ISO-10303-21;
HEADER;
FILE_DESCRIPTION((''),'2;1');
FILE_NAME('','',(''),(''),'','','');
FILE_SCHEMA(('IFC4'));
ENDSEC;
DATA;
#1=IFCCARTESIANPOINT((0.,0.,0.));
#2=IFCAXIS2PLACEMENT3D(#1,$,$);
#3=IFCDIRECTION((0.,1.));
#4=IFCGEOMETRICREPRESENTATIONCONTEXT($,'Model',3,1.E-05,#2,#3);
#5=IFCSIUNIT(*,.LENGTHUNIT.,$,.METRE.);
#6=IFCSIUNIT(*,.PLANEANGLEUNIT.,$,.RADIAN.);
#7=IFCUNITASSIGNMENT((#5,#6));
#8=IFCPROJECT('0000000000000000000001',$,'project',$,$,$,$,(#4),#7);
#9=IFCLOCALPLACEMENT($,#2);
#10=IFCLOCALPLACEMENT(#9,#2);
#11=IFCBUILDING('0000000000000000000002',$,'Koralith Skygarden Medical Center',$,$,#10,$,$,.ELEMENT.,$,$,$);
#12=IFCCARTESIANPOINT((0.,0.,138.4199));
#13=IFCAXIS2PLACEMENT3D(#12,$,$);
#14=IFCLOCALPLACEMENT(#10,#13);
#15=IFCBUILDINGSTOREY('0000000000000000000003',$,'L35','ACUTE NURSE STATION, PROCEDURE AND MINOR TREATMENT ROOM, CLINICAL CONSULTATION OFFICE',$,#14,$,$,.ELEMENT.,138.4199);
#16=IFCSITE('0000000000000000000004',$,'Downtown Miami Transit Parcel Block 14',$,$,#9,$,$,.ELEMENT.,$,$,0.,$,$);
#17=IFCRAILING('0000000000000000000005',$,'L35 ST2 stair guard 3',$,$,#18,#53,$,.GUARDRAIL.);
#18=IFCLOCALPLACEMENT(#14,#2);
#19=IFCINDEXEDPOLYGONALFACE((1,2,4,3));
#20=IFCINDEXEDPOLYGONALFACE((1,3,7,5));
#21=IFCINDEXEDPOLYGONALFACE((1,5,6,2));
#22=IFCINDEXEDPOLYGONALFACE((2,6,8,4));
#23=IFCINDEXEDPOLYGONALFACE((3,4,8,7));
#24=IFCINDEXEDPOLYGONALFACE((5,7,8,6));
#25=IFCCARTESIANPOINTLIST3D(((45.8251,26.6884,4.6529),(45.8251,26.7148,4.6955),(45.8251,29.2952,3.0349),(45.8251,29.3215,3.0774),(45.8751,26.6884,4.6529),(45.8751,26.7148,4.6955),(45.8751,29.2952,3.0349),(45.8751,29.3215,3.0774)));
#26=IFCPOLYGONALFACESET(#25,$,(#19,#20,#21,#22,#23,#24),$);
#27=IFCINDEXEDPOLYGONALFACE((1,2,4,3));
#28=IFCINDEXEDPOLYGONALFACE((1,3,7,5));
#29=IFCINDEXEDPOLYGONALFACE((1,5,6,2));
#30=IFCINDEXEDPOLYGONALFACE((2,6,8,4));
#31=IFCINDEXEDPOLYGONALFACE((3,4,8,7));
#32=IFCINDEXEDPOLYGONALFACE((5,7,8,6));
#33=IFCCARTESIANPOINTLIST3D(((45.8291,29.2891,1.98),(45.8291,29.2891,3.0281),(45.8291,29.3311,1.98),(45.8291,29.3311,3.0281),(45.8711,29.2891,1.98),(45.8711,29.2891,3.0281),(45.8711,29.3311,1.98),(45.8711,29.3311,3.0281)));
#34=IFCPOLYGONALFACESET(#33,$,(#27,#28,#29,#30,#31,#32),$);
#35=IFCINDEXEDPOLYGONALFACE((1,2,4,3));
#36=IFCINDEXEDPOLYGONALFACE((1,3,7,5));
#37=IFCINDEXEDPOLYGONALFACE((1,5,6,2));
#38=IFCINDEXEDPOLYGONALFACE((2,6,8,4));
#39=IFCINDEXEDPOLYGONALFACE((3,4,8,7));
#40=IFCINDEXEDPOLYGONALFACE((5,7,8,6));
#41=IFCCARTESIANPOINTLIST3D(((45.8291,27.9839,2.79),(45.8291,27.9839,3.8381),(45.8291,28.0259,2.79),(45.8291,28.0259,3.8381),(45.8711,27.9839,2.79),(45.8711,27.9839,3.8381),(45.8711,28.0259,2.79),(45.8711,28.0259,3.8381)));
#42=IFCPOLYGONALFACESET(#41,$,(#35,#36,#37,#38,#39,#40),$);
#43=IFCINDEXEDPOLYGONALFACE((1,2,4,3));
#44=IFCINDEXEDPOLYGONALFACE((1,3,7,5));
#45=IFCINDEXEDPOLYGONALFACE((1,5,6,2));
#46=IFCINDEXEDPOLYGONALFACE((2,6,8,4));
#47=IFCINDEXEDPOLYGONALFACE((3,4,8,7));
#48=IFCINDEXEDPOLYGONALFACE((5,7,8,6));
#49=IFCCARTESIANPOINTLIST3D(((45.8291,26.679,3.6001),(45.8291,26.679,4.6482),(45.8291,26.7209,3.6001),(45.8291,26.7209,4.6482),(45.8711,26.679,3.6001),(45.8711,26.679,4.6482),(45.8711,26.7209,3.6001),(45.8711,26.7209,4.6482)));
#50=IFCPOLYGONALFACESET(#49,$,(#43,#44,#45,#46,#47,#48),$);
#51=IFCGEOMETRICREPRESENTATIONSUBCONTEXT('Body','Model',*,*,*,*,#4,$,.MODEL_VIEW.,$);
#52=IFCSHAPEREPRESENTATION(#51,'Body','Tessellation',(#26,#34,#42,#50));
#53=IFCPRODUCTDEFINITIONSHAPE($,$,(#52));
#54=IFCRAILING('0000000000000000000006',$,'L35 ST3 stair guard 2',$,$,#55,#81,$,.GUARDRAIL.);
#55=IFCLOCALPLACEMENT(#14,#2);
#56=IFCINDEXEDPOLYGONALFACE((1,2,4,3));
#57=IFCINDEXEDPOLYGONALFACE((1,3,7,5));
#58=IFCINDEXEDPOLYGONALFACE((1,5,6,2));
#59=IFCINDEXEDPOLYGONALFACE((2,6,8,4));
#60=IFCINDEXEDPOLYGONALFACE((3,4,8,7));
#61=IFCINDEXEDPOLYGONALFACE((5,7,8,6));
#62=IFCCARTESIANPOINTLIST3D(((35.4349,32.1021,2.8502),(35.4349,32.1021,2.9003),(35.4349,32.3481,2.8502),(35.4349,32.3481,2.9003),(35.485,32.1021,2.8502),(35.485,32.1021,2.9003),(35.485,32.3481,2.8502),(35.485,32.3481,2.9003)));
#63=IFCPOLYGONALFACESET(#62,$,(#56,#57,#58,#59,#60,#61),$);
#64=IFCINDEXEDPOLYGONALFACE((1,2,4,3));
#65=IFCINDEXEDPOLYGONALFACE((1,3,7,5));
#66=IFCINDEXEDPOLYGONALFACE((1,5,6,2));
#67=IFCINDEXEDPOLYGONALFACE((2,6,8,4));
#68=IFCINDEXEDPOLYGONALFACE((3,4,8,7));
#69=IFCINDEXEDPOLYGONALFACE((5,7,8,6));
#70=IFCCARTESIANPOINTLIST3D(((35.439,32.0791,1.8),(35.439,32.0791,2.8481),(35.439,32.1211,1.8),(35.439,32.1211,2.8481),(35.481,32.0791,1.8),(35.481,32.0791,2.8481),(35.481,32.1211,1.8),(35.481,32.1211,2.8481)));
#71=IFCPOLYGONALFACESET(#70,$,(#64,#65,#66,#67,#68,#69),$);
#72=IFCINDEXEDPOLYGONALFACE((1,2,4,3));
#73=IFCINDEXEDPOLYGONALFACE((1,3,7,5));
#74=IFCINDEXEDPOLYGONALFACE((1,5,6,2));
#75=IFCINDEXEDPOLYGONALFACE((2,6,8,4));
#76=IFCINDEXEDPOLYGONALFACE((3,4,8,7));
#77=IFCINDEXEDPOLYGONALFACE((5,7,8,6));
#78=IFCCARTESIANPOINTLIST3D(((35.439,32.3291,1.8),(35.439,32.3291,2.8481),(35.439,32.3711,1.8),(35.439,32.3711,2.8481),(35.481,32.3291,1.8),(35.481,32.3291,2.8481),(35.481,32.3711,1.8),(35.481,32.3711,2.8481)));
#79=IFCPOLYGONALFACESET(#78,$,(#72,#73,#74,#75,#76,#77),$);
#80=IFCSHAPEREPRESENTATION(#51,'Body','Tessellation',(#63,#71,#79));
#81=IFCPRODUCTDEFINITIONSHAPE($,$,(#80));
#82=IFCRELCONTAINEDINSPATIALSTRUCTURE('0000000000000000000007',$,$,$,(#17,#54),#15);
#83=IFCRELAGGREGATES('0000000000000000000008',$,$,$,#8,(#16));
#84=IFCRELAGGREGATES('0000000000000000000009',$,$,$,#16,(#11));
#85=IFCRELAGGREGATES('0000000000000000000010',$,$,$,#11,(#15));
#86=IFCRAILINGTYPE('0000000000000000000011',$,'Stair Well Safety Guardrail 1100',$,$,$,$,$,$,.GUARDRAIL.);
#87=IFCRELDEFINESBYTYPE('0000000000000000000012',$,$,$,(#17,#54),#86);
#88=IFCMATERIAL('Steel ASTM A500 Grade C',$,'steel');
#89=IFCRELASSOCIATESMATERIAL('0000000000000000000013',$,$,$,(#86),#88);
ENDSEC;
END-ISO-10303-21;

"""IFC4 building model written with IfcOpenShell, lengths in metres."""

from ifc_helpers import new_model, si_unit, direction, frame, origin, origin_2d, place, context, subcontext, project, spatial, rectangle, extrude, material, type_object, element, save


model = new_model("IFC4")

# Units and contexts
model_context = context("Model", 3, precision=1e-05, world=origin(), true_north=direction((0.0, 1.0)))
body_context = subcontext(model_context, "Body", "Model", "MODEL_VIEW")
ifc_project = project(units=[si_unit("LENGTHUNIT", "METRE"), si_unit("PLANEANGLEUNIT", "RADIAN")], contexts=[model_context])

# Site, building, storey
site_placement = place(None, origin())
site = spatial("IfcSite", under=ifc_project, at=site_placement, Name="Downtown Miami Transit Parcel Block 14", CompositionType="ELEMENT", RefElevation=0.0)
building_placement = place(site_placement, origin())
building = spatial("IfcBuilding", under=site, at=building_placement, Name="Koralith Skygarden Medical Center", CompositionType="ELEMENT")
storey_placement = place(building_placement, frame((0.0, 0.0, 138.4199)))
storey = spatial("IfcBuildingStorey", under=building, at=storey_placement, Name="L35", Description="ACUTE NURSE STATION, PROCEDURE AND MINOR TREATMENT ROOM, CLINICAL CONSULTATION OFFICE", CompositionType="ELEMENT", Elevation=138.4199)

# Shared definitions
ifc_material_1 = material(Name="Steel ASTM A500 Grade C", Category="steel")

# Railings
railing_type_1 = type_object("IfcRailingType", Name="Stair Well Safety Guardrail 1100", PredefinedType="GUARDRAIL", material=ifc_material_1)
railing_1_placement = place(storey_placement, frame((45.8501, 29.3101, 1.98)))
element("IfcRailing", 1, at=railing_1_placement, inside=storey, type_object=railing_type_1, Name="L35 ST2 stair guard 3", PredefinedType="GUARDRAIL", context=body_context, shape_type="SweptSolid", body=[
    extrude(rectangle(XDim=0.05, YDim=0.05, at=origin_2d()), frame((0.0, -0.0017, 1.0762), z_axis=(0.0, -0.849633, 0.527375), x_axis=(1.0, 0.0, 0.0)), (0.0, 0.0, 1.0), 3.0681),
    extrude(rectangle(XDim=0.042, YDim=0.042, at=origin_2d()), origin(), (0.0, 0.0, 1.0), 1.0481),
    extrude(rectangle(XDim=0.042, YDim=0.042, at=origin_2d()), frame((0.0, -1.3052, 0.8101)), (0.0, 0.0, 1.0), 1.0481),
    extrude(rectangle(XDim=0.042, YDim=0.042, at=origin_2d()), frame((0.0, -2.6101, 1.6201)), (0.0, 0.0, 1.0), 1.0481),
])
railing_2_placement = place(storey_placement, frame((35.46, 32.1001, 1.8)))
element("IfcRailing", 2, at=railing_2_placement, inside=storey, type_object=railing_type_1, Name="L35 ST3 stair guard 2", PredefinedType="GUARDRAIL", context=body_context, shape_type="SweptSolid", body=[
    extrude(rectangle(XDim=0.05, YDim=0.05, at=origin_2d()), frame((0.0, 0.002, 1.0752), z_axis=(0.0, 1.0, 0.0), x_axis=(-1.0, 0.0, 0.0)), (0.0, 0.0, 1.0), 0.2461),
    extrude(rectangle(XDim=0.042, YDim=0.042, at=origin_2d()), origin(), (0.0, 0.0, 1.0), 1.0481),
    extrude(rectangle(XDim=0.042, YDim=0.042, at=origin_2d()), frame((0.0, 0.25, 0.0)), (0.0, 0.0, 1.0), 1.0481),
])

save(model, "model.ifc")
